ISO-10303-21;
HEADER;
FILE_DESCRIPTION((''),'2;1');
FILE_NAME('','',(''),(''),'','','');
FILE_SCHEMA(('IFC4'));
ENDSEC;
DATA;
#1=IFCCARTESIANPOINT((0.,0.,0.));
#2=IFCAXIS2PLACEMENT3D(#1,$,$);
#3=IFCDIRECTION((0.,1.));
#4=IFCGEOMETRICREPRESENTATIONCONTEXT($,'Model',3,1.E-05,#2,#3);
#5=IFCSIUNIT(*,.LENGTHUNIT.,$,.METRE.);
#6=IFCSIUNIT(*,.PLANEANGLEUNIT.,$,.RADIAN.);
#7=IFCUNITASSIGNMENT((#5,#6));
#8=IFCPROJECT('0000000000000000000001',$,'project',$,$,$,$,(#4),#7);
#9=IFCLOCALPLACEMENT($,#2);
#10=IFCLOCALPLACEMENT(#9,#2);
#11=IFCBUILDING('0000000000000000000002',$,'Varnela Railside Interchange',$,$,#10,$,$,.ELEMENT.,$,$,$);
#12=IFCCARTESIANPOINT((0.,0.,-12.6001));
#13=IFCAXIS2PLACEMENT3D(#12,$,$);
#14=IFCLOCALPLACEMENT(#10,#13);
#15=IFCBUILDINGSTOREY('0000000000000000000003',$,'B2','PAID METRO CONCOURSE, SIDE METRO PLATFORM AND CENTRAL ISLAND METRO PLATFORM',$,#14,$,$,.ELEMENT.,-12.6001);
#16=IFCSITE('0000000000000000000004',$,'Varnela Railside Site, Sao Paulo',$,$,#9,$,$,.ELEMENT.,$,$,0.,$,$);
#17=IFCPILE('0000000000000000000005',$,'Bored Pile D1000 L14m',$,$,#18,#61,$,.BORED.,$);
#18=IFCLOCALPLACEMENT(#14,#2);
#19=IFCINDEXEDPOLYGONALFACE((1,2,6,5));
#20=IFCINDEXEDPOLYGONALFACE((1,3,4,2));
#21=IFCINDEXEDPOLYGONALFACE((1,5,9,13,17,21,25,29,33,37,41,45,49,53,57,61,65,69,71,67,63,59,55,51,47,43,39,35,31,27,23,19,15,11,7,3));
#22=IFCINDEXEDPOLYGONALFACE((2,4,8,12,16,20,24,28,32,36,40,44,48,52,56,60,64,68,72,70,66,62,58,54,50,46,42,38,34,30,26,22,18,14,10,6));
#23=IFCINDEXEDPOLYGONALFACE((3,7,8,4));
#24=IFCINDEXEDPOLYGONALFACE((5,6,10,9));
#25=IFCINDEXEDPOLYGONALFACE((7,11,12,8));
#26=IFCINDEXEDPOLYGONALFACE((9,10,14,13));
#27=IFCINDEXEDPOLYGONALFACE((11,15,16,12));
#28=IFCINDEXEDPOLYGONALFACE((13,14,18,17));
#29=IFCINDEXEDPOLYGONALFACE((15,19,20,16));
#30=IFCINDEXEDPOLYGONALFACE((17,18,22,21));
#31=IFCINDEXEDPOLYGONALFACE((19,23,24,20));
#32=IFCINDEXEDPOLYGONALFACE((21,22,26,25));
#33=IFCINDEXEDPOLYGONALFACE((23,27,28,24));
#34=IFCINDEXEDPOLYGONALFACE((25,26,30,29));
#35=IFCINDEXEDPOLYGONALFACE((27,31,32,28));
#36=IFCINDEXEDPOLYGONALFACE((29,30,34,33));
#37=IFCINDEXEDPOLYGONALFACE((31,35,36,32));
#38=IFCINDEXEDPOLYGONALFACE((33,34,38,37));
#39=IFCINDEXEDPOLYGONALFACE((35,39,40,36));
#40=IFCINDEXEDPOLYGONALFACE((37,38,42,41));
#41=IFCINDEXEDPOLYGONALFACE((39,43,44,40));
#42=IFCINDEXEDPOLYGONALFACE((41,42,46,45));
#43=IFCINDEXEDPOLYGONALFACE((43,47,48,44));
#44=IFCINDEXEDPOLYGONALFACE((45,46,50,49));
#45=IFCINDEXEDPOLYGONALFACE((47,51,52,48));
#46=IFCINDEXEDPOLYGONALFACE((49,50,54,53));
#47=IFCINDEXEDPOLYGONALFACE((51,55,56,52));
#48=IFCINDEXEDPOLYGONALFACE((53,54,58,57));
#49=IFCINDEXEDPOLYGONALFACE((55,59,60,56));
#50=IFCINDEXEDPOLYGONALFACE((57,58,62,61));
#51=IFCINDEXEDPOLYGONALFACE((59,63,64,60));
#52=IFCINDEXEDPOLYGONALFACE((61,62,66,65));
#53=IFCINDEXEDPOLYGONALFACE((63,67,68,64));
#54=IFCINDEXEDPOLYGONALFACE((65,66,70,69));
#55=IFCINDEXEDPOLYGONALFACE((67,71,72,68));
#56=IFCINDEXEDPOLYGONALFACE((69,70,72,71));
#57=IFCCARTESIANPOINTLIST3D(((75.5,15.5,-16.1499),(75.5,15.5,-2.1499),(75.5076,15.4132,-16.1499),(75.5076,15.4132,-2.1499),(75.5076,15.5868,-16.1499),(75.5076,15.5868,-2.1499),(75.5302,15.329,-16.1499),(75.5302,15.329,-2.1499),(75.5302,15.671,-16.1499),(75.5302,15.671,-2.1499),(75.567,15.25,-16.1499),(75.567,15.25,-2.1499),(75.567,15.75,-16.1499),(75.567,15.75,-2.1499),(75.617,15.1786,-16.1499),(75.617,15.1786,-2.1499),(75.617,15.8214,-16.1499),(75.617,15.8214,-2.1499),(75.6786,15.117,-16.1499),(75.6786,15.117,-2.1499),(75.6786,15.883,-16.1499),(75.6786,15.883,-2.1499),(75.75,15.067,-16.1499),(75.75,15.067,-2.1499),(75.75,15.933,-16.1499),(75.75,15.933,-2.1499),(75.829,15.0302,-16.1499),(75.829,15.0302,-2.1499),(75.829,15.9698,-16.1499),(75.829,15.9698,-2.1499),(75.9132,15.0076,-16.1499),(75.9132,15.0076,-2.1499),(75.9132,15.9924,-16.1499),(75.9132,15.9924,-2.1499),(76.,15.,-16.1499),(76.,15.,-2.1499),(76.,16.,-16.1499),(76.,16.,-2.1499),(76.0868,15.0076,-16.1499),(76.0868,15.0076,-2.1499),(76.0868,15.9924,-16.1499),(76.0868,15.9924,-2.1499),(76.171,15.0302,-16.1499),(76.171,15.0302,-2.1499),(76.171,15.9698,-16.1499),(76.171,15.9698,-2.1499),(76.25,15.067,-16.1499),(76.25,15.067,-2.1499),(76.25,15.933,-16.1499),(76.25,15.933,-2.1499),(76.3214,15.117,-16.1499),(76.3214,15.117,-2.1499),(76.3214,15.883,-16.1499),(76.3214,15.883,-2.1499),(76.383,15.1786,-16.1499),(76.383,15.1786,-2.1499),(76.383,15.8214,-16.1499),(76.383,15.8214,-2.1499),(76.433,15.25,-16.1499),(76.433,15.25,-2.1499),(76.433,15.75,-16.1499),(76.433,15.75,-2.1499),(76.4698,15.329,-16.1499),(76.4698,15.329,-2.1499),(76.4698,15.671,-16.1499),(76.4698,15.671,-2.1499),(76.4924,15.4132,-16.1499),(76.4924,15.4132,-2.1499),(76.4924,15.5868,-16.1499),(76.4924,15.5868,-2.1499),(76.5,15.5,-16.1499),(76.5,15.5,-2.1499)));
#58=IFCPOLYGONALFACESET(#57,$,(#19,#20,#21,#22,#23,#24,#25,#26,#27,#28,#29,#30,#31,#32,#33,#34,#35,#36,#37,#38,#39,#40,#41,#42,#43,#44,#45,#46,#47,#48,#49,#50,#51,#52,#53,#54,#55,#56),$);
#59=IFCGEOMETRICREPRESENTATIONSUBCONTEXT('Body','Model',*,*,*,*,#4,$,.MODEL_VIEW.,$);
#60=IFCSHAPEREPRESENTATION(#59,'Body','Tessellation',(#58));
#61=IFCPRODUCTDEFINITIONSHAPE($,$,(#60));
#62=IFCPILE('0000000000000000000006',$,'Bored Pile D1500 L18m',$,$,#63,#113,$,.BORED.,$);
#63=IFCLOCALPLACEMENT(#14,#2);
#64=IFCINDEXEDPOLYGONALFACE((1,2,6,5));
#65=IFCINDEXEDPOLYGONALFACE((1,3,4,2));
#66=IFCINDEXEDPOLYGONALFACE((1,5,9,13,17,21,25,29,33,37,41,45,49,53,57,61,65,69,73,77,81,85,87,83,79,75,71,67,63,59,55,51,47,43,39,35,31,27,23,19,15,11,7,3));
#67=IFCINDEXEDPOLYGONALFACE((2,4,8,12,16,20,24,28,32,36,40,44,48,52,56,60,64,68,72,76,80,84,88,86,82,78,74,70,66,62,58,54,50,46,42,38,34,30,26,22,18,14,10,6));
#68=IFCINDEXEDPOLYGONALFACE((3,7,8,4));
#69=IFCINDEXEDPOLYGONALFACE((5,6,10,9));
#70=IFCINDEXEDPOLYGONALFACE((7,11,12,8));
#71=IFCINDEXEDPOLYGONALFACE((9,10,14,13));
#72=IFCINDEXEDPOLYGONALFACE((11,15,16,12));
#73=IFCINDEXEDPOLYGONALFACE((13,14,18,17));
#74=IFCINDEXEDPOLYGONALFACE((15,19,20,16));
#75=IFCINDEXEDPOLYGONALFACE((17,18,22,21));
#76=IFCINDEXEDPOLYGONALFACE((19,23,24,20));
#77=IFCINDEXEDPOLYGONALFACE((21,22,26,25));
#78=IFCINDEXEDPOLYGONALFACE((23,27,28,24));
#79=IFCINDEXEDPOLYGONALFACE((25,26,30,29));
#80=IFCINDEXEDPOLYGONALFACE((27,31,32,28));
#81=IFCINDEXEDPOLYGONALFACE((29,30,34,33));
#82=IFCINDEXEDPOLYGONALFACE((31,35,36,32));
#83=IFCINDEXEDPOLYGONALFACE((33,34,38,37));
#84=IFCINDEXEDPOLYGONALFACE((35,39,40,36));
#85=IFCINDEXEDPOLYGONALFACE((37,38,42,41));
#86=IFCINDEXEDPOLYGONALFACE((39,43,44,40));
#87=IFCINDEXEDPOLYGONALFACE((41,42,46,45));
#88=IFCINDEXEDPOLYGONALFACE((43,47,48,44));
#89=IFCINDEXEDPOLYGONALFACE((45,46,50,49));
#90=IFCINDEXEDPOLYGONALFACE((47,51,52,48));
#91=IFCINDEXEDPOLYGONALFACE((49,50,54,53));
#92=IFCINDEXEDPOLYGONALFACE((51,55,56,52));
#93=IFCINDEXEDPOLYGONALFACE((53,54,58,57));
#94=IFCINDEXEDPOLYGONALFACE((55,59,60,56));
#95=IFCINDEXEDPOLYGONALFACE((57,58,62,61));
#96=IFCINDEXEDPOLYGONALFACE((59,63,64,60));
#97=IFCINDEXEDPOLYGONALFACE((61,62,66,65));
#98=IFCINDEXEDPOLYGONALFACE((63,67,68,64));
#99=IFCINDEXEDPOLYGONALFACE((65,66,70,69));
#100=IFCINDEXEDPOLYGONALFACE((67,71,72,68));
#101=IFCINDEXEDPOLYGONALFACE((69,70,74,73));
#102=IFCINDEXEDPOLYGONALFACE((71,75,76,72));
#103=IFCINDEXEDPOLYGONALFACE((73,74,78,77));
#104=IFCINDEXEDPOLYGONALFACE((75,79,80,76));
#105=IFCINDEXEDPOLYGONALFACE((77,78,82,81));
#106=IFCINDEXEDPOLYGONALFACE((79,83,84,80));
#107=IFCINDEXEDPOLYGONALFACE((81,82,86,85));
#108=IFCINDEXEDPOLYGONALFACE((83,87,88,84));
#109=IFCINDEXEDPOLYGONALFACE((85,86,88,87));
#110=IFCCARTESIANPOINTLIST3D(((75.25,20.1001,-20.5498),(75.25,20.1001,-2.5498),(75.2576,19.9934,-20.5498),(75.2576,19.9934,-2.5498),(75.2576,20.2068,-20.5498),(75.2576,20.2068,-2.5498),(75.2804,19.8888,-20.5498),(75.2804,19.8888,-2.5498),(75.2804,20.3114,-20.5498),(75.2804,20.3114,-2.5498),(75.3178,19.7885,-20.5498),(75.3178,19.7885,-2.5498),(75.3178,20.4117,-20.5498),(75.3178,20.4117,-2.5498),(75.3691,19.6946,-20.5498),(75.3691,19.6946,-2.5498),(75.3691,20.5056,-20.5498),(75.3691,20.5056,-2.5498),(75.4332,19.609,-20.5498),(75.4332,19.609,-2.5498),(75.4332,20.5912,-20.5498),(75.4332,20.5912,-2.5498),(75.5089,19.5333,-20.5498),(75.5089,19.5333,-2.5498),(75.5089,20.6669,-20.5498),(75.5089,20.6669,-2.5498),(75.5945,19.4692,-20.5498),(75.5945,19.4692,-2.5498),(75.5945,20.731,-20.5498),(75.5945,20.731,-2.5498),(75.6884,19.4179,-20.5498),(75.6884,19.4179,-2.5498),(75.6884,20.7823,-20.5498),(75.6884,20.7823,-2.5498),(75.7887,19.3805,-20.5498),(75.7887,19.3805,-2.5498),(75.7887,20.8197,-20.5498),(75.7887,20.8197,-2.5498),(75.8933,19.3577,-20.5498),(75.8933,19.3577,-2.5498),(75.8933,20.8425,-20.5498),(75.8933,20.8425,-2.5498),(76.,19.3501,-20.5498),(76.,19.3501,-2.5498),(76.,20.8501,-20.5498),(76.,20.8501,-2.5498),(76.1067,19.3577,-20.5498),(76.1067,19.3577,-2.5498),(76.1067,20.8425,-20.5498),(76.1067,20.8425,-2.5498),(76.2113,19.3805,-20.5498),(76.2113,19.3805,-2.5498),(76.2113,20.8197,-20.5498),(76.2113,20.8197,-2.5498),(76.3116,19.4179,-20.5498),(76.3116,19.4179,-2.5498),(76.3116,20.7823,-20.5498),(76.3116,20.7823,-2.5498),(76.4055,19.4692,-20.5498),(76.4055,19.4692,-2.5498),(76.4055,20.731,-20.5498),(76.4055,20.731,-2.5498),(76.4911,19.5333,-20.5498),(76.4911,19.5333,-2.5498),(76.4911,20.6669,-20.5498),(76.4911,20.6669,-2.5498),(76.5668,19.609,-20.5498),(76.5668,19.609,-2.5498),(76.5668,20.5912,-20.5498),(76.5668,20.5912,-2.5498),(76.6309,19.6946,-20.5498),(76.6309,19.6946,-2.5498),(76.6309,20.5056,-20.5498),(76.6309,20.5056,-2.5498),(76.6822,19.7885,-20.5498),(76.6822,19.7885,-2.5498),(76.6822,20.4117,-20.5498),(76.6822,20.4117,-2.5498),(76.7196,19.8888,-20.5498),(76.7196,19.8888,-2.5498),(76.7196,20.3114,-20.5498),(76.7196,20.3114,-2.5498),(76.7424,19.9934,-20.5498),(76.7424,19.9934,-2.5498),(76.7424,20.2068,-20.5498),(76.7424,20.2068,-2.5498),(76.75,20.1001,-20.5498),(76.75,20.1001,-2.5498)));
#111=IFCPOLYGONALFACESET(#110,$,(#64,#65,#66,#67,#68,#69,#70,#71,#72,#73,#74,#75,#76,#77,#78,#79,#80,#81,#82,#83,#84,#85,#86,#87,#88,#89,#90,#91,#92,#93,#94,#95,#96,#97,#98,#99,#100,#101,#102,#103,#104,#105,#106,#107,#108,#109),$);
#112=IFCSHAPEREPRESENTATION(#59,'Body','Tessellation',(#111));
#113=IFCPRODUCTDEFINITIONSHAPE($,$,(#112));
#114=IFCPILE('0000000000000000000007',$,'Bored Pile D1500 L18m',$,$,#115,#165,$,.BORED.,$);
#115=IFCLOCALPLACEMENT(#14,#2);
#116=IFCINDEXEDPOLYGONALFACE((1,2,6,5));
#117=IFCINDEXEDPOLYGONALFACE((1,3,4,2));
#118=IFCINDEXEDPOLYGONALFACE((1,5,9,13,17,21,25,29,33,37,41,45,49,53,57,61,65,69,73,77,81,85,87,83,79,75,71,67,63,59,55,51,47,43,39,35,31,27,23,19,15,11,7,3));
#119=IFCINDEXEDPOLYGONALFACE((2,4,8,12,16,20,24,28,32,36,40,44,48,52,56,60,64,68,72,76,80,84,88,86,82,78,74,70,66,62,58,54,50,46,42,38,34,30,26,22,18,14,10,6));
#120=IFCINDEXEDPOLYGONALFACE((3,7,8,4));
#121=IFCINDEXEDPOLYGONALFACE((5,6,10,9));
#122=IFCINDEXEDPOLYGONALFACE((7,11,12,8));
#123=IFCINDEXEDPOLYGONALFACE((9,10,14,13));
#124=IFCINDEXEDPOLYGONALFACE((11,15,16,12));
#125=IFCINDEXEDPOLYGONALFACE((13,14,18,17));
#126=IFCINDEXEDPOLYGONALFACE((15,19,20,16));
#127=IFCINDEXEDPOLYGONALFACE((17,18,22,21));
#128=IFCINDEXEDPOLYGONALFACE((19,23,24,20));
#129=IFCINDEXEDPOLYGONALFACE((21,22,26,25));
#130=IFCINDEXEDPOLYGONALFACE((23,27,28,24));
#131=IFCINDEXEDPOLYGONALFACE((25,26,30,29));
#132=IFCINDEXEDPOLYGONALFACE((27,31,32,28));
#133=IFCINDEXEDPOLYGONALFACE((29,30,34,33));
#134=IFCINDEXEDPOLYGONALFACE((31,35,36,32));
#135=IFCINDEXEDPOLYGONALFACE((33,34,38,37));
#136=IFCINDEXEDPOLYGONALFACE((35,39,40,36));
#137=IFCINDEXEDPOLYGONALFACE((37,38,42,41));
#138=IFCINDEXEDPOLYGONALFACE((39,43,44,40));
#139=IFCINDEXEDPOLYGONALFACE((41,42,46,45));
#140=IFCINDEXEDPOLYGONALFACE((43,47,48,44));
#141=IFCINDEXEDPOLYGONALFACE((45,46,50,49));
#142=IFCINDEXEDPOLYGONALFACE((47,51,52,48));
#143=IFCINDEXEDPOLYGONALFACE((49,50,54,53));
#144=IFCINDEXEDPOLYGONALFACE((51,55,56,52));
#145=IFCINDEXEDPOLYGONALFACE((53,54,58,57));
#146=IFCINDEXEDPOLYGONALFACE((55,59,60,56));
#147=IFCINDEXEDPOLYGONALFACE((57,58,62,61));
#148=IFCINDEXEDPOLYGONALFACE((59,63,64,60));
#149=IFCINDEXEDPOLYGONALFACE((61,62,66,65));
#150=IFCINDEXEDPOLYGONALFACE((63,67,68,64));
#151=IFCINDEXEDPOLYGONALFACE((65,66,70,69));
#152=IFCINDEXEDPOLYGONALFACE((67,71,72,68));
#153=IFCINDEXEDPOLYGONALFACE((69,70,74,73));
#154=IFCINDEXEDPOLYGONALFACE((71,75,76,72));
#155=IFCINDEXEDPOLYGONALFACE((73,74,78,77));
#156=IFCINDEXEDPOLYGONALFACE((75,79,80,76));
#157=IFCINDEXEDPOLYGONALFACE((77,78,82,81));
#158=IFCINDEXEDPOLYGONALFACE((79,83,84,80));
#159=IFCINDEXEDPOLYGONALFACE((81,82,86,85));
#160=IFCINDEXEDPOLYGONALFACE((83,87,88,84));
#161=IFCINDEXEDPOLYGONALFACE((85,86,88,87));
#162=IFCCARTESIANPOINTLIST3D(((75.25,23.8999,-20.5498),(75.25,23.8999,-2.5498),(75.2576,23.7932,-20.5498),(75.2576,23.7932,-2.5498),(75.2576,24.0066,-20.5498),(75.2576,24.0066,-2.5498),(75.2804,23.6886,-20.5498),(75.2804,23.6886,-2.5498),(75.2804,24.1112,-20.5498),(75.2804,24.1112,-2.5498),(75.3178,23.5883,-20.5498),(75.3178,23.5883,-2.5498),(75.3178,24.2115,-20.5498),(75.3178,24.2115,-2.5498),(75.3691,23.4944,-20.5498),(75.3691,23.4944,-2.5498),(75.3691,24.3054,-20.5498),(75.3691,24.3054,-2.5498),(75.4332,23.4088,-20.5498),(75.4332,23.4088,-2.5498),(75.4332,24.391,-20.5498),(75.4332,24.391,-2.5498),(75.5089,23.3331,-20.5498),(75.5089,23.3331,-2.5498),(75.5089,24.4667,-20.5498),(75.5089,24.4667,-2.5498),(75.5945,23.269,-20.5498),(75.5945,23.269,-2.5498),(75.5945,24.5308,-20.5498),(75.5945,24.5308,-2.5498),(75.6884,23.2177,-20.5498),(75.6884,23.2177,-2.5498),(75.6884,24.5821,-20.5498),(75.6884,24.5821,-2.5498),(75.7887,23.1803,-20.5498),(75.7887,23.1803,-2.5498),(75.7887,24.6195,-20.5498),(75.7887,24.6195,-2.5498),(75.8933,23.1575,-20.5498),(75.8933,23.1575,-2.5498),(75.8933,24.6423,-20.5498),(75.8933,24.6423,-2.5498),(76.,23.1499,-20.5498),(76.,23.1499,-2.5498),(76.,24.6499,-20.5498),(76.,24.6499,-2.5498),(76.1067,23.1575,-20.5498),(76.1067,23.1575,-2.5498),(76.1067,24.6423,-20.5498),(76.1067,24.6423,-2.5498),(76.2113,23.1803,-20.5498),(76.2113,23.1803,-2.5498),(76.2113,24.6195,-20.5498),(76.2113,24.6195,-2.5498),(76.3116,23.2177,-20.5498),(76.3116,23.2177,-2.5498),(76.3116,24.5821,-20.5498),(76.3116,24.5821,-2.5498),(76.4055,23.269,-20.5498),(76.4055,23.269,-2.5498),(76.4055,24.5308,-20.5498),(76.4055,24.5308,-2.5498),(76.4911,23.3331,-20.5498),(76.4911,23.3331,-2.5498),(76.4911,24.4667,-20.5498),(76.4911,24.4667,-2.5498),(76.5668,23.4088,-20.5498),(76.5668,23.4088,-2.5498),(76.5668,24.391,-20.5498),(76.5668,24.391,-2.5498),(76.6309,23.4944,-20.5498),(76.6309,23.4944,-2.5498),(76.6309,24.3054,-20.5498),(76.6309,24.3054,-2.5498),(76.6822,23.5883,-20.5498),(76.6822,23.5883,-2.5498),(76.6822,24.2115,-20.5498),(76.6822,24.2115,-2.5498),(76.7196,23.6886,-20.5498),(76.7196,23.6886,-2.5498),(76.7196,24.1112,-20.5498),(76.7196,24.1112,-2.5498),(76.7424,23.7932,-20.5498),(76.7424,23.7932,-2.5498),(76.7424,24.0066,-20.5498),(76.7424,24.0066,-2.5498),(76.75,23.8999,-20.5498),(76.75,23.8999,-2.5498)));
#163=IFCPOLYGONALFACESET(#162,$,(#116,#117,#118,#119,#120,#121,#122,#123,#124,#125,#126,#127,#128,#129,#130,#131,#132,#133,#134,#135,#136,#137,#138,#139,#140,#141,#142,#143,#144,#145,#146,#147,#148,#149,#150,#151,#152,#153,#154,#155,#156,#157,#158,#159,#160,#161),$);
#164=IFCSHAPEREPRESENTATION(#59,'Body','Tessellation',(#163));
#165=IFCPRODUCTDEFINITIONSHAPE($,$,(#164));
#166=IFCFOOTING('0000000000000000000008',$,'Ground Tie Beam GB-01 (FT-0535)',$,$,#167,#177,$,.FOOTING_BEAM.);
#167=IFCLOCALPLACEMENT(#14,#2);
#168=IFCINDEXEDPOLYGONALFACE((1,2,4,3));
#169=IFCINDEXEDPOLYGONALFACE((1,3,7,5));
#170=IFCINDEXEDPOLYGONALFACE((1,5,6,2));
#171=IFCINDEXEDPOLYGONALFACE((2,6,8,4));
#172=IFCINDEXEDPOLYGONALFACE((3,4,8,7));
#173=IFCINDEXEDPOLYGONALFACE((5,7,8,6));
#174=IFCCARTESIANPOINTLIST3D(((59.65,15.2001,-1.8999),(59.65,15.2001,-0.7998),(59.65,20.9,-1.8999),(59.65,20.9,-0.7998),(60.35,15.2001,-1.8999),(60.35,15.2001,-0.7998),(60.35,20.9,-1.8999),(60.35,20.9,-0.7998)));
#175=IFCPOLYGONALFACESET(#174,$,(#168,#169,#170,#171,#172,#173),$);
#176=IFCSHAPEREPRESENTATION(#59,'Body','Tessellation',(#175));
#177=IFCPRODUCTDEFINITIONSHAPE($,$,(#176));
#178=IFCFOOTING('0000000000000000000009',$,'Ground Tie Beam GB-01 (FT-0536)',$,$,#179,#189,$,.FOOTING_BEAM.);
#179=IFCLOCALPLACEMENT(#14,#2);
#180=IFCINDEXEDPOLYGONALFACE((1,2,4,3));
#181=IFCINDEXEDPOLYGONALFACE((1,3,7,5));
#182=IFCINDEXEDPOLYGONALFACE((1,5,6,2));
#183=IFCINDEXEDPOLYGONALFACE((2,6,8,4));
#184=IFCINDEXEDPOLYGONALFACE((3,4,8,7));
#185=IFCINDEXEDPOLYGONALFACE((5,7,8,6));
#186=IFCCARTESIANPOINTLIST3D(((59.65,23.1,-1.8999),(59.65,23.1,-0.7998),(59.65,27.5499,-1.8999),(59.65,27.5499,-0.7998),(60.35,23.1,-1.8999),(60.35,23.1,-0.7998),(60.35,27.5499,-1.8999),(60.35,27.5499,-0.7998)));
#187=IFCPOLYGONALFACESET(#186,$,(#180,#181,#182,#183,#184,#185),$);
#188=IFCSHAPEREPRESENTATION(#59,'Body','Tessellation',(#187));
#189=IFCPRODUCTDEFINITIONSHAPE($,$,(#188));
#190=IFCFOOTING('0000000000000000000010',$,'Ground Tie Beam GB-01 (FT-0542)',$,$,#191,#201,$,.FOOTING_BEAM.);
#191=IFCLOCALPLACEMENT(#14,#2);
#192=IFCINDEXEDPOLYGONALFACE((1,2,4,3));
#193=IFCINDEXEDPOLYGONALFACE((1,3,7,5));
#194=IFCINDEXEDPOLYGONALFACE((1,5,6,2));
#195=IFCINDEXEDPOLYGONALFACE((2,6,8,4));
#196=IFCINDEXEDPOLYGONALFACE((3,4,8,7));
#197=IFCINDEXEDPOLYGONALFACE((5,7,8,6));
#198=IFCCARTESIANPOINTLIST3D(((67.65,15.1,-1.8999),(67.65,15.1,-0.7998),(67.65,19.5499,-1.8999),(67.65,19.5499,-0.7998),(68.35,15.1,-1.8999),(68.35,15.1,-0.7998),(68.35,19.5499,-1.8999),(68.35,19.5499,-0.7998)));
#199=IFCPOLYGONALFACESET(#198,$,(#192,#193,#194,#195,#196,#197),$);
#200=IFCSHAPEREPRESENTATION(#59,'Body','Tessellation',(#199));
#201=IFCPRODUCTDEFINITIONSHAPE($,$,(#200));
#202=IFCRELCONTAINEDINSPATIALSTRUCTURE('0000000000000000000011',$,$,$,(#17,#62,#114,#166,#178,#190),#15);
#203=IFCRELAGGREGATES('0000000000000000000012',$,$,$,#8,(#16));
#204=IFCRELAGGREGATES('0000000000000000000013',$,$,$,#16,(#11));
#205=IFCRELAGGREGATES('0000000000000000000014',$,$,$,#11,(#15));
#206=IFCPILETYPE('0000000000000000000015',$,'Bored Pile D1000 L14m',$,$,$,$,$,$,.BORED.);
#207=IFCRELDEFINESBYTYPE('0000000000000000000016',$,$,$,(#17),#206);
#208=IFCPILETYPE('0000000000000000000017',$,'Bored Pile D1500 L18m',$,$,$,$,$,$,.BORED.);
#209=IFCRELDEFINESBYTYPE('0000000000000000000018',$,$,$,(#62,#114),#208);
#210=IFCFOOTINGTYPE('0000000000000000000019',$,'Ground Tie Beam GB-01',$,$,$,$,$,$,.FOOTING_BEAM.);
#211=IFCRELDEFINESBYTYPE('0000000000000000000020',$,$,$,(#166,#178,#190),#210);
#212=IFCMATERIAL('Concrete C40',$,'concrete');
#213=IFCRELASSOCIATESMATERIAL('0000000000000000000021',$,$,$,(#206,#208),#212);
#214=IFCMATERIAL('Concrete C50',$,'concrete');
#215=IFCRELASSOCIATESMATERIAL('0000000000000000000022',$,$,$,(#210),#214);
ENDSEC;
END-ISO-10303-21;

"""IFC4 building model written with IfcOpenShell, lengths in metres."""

from ifc_helpers import new_model, si_unit, direction, frame, origin, origin_2d, place, context, subcontext, project, spatial, rectangle, circle, extrude, material, material_profile, profile_set, type_object, element, save


model = new_model("IFC4")

# Units and contexts
model_context = context("Model", 3, precision=1e-05, world=origin(), true_north=direction((0.0, 1.0)))
body_context = subcontext(model_context, "Body", "Model", "MODEL_VIEW")
ifc_project = project(units=[si_unit("LENGTHUNIT", "METRE"), si_unit("PLANEANGLEUNIT", "RADIAN")], contexts=[model_context])

# Site, building, storey
site_placement = place(None, origin())
site = spatial("IfcSite", under=ifc_project, at=site_placement, Name="Varnela Railside Site, Sao Paulo", CompositionType="ELEMENT", RefElevation=0.0)
building_placement = place(site_placement, origin())
building = spatial("IfcBuilding", under=site, at=building_placement, Name="Varnela Railside Interchange", CompositionType="ELEMENT")
storey_placement = place(building_placement, frame((0.0, 0.0, -12.6001)))
storey = spatial("IfcBuildingStorey", under=building, at=storey_placement, Name="B2", Description="PAID METRO CONCOURSE, SIDE METRO PLATFORM AND CENTRAL ISLAND METRO PLATFORM", CompositionType="ELEMENT", Elevation=-12.6001)

# Piles
ifc_material_1 = material(Name="Concrete C40", Category="concrete")
ifc_material_profile_1 = material_profile(ifc_material_1, circle(Radius=0.5, at=origin_2d()), Name="BORED PILE D1000")
ifc_profile_set_1 = profile_set([ifc_material_profile_1], Name="Concrete C40")
pile_type_1 = type_object("IfcPileType", Name="Bored Pile D1000 L14m", PredefinedType="BORED", material=ifc_profile_set_1)
for number, where, z_axis, x_axis, name in (
    (1, (76.0, 15.5, -2.1499), (0.0, 0.0, -1.0), (1.0, 0.0, 0.0), "Bored Pile D1000 L14m"),
):
    element("IfcPile", number, at=place(storey_placement, frame(where, z_axis=z_axis, x_axis=x_axis)), inside=storey, type_object=pile_type_1, Name=name, PredefinedType="BORED", context=body_context, shape_type="SweptSolid", body=[
        extrude(circle(Radius=0.5, at=origin_2d()), origin(), (0.0, 0.0, 1.0), 14.0),
    ])
ifc_material_profile_2 = material_profile(ifc_material_1, circle(Radius=0.75, at=origin_2d()), Name="BORED PILE D1500")
ifc_profile_set_2 = profile_set([ifc_material_profile_2], Name="Concrete C40")
pile_type_2 = type_object("IfcPileType", Name="Bored Pile D1500 L18m", PredefinedType="BORED", material=ifc_profile_set_2)
for number, where, z_axis, x_axis, name in (
    (2, (76.0, 20.1001, -2.5498), (0.0, 0.0, -1.0), (1.0, 0.0, 0.0), "Bored Pile D1500 L18m"),
    (3, (76.0, 23.8999, -2.5498), (0.0, 0.0, -1.0), (1.0, 0.0, 0.0), "Bored Pile D1500 L18m"),
):
    element("IfcPile", number, at=place(storey_placement, frame(where, z_axis=z_axis, x_axis=x_axis)), inside=storey, type_object=pile_type_2, Name=name, PredefinedType="BORED", context=body_context, shape_type="SweptSolid", body=[
        extrude(circle(Radius=0.75, at=origin_2d()), origin(), (0.0, 0.0, 1.0), 18.0),
    ])

# Footings
ifc_material_2 = material(Name="Concrete C50", Category="concrete")
footing_type_1 = type_object("IfcFootingType", Name="Ground Tie Beam GB-01", PredefinedType="FOOTING_BEAM", material=ifc_material_2)
footing_1_placement = place(storey_placement, frame((60.0, 18.05, -1.8999), z_axis=(0.0, 0.0, 1.0), x_axis=(1.0, 0.0, 0.0)))
element("IfcFooting", 4, at=footing_1_placement, inside=storey, type_object=footing_type_1, Name="Ground Tie Beam GB-01 (FT-0535)", PredefinedType="FOOTING_BEAM", context=body_context, shape_type="SweptSolid", body=[
    extrude(rectangle(XDim=0.7, YDim=5.7, at=origin_2d()), origin(), (0.0, 0.0, 1.0), 1.1001),
])
for number, where, z_axis, x_axis, name in (
    (5, (60.0, 25.325, -1.8999), (0.0, 0.0, 1.0), (1.0, 0.0, 0.0), "Ground Tie Beam GB-01 (FT-0536)"),
    (6, (68.0, 17.325, -1.8999), (0.0, 0.0, 1.0), (1.0, 0.0, 0.0), "Ground Tie Beam GB-01 (FT-0542)"),
):
    element("IfcFooting", number, at=place(storey_placement, frame(where, z_axis=z_axis, x_axis=x_axis)), inside=storey, type_object=footing_type_1, Name=name, PredefinedType="FOOTING_BEAM", context=body_context, shape_type="SweptSolid", body=[
        extrude(rectangle(XDim=0.7, YDim=4.45, at=origin_2d()), origin(), (0.0, 0.0, 1.0), 1.1001),
    ])

save(model, "model.ifc")
